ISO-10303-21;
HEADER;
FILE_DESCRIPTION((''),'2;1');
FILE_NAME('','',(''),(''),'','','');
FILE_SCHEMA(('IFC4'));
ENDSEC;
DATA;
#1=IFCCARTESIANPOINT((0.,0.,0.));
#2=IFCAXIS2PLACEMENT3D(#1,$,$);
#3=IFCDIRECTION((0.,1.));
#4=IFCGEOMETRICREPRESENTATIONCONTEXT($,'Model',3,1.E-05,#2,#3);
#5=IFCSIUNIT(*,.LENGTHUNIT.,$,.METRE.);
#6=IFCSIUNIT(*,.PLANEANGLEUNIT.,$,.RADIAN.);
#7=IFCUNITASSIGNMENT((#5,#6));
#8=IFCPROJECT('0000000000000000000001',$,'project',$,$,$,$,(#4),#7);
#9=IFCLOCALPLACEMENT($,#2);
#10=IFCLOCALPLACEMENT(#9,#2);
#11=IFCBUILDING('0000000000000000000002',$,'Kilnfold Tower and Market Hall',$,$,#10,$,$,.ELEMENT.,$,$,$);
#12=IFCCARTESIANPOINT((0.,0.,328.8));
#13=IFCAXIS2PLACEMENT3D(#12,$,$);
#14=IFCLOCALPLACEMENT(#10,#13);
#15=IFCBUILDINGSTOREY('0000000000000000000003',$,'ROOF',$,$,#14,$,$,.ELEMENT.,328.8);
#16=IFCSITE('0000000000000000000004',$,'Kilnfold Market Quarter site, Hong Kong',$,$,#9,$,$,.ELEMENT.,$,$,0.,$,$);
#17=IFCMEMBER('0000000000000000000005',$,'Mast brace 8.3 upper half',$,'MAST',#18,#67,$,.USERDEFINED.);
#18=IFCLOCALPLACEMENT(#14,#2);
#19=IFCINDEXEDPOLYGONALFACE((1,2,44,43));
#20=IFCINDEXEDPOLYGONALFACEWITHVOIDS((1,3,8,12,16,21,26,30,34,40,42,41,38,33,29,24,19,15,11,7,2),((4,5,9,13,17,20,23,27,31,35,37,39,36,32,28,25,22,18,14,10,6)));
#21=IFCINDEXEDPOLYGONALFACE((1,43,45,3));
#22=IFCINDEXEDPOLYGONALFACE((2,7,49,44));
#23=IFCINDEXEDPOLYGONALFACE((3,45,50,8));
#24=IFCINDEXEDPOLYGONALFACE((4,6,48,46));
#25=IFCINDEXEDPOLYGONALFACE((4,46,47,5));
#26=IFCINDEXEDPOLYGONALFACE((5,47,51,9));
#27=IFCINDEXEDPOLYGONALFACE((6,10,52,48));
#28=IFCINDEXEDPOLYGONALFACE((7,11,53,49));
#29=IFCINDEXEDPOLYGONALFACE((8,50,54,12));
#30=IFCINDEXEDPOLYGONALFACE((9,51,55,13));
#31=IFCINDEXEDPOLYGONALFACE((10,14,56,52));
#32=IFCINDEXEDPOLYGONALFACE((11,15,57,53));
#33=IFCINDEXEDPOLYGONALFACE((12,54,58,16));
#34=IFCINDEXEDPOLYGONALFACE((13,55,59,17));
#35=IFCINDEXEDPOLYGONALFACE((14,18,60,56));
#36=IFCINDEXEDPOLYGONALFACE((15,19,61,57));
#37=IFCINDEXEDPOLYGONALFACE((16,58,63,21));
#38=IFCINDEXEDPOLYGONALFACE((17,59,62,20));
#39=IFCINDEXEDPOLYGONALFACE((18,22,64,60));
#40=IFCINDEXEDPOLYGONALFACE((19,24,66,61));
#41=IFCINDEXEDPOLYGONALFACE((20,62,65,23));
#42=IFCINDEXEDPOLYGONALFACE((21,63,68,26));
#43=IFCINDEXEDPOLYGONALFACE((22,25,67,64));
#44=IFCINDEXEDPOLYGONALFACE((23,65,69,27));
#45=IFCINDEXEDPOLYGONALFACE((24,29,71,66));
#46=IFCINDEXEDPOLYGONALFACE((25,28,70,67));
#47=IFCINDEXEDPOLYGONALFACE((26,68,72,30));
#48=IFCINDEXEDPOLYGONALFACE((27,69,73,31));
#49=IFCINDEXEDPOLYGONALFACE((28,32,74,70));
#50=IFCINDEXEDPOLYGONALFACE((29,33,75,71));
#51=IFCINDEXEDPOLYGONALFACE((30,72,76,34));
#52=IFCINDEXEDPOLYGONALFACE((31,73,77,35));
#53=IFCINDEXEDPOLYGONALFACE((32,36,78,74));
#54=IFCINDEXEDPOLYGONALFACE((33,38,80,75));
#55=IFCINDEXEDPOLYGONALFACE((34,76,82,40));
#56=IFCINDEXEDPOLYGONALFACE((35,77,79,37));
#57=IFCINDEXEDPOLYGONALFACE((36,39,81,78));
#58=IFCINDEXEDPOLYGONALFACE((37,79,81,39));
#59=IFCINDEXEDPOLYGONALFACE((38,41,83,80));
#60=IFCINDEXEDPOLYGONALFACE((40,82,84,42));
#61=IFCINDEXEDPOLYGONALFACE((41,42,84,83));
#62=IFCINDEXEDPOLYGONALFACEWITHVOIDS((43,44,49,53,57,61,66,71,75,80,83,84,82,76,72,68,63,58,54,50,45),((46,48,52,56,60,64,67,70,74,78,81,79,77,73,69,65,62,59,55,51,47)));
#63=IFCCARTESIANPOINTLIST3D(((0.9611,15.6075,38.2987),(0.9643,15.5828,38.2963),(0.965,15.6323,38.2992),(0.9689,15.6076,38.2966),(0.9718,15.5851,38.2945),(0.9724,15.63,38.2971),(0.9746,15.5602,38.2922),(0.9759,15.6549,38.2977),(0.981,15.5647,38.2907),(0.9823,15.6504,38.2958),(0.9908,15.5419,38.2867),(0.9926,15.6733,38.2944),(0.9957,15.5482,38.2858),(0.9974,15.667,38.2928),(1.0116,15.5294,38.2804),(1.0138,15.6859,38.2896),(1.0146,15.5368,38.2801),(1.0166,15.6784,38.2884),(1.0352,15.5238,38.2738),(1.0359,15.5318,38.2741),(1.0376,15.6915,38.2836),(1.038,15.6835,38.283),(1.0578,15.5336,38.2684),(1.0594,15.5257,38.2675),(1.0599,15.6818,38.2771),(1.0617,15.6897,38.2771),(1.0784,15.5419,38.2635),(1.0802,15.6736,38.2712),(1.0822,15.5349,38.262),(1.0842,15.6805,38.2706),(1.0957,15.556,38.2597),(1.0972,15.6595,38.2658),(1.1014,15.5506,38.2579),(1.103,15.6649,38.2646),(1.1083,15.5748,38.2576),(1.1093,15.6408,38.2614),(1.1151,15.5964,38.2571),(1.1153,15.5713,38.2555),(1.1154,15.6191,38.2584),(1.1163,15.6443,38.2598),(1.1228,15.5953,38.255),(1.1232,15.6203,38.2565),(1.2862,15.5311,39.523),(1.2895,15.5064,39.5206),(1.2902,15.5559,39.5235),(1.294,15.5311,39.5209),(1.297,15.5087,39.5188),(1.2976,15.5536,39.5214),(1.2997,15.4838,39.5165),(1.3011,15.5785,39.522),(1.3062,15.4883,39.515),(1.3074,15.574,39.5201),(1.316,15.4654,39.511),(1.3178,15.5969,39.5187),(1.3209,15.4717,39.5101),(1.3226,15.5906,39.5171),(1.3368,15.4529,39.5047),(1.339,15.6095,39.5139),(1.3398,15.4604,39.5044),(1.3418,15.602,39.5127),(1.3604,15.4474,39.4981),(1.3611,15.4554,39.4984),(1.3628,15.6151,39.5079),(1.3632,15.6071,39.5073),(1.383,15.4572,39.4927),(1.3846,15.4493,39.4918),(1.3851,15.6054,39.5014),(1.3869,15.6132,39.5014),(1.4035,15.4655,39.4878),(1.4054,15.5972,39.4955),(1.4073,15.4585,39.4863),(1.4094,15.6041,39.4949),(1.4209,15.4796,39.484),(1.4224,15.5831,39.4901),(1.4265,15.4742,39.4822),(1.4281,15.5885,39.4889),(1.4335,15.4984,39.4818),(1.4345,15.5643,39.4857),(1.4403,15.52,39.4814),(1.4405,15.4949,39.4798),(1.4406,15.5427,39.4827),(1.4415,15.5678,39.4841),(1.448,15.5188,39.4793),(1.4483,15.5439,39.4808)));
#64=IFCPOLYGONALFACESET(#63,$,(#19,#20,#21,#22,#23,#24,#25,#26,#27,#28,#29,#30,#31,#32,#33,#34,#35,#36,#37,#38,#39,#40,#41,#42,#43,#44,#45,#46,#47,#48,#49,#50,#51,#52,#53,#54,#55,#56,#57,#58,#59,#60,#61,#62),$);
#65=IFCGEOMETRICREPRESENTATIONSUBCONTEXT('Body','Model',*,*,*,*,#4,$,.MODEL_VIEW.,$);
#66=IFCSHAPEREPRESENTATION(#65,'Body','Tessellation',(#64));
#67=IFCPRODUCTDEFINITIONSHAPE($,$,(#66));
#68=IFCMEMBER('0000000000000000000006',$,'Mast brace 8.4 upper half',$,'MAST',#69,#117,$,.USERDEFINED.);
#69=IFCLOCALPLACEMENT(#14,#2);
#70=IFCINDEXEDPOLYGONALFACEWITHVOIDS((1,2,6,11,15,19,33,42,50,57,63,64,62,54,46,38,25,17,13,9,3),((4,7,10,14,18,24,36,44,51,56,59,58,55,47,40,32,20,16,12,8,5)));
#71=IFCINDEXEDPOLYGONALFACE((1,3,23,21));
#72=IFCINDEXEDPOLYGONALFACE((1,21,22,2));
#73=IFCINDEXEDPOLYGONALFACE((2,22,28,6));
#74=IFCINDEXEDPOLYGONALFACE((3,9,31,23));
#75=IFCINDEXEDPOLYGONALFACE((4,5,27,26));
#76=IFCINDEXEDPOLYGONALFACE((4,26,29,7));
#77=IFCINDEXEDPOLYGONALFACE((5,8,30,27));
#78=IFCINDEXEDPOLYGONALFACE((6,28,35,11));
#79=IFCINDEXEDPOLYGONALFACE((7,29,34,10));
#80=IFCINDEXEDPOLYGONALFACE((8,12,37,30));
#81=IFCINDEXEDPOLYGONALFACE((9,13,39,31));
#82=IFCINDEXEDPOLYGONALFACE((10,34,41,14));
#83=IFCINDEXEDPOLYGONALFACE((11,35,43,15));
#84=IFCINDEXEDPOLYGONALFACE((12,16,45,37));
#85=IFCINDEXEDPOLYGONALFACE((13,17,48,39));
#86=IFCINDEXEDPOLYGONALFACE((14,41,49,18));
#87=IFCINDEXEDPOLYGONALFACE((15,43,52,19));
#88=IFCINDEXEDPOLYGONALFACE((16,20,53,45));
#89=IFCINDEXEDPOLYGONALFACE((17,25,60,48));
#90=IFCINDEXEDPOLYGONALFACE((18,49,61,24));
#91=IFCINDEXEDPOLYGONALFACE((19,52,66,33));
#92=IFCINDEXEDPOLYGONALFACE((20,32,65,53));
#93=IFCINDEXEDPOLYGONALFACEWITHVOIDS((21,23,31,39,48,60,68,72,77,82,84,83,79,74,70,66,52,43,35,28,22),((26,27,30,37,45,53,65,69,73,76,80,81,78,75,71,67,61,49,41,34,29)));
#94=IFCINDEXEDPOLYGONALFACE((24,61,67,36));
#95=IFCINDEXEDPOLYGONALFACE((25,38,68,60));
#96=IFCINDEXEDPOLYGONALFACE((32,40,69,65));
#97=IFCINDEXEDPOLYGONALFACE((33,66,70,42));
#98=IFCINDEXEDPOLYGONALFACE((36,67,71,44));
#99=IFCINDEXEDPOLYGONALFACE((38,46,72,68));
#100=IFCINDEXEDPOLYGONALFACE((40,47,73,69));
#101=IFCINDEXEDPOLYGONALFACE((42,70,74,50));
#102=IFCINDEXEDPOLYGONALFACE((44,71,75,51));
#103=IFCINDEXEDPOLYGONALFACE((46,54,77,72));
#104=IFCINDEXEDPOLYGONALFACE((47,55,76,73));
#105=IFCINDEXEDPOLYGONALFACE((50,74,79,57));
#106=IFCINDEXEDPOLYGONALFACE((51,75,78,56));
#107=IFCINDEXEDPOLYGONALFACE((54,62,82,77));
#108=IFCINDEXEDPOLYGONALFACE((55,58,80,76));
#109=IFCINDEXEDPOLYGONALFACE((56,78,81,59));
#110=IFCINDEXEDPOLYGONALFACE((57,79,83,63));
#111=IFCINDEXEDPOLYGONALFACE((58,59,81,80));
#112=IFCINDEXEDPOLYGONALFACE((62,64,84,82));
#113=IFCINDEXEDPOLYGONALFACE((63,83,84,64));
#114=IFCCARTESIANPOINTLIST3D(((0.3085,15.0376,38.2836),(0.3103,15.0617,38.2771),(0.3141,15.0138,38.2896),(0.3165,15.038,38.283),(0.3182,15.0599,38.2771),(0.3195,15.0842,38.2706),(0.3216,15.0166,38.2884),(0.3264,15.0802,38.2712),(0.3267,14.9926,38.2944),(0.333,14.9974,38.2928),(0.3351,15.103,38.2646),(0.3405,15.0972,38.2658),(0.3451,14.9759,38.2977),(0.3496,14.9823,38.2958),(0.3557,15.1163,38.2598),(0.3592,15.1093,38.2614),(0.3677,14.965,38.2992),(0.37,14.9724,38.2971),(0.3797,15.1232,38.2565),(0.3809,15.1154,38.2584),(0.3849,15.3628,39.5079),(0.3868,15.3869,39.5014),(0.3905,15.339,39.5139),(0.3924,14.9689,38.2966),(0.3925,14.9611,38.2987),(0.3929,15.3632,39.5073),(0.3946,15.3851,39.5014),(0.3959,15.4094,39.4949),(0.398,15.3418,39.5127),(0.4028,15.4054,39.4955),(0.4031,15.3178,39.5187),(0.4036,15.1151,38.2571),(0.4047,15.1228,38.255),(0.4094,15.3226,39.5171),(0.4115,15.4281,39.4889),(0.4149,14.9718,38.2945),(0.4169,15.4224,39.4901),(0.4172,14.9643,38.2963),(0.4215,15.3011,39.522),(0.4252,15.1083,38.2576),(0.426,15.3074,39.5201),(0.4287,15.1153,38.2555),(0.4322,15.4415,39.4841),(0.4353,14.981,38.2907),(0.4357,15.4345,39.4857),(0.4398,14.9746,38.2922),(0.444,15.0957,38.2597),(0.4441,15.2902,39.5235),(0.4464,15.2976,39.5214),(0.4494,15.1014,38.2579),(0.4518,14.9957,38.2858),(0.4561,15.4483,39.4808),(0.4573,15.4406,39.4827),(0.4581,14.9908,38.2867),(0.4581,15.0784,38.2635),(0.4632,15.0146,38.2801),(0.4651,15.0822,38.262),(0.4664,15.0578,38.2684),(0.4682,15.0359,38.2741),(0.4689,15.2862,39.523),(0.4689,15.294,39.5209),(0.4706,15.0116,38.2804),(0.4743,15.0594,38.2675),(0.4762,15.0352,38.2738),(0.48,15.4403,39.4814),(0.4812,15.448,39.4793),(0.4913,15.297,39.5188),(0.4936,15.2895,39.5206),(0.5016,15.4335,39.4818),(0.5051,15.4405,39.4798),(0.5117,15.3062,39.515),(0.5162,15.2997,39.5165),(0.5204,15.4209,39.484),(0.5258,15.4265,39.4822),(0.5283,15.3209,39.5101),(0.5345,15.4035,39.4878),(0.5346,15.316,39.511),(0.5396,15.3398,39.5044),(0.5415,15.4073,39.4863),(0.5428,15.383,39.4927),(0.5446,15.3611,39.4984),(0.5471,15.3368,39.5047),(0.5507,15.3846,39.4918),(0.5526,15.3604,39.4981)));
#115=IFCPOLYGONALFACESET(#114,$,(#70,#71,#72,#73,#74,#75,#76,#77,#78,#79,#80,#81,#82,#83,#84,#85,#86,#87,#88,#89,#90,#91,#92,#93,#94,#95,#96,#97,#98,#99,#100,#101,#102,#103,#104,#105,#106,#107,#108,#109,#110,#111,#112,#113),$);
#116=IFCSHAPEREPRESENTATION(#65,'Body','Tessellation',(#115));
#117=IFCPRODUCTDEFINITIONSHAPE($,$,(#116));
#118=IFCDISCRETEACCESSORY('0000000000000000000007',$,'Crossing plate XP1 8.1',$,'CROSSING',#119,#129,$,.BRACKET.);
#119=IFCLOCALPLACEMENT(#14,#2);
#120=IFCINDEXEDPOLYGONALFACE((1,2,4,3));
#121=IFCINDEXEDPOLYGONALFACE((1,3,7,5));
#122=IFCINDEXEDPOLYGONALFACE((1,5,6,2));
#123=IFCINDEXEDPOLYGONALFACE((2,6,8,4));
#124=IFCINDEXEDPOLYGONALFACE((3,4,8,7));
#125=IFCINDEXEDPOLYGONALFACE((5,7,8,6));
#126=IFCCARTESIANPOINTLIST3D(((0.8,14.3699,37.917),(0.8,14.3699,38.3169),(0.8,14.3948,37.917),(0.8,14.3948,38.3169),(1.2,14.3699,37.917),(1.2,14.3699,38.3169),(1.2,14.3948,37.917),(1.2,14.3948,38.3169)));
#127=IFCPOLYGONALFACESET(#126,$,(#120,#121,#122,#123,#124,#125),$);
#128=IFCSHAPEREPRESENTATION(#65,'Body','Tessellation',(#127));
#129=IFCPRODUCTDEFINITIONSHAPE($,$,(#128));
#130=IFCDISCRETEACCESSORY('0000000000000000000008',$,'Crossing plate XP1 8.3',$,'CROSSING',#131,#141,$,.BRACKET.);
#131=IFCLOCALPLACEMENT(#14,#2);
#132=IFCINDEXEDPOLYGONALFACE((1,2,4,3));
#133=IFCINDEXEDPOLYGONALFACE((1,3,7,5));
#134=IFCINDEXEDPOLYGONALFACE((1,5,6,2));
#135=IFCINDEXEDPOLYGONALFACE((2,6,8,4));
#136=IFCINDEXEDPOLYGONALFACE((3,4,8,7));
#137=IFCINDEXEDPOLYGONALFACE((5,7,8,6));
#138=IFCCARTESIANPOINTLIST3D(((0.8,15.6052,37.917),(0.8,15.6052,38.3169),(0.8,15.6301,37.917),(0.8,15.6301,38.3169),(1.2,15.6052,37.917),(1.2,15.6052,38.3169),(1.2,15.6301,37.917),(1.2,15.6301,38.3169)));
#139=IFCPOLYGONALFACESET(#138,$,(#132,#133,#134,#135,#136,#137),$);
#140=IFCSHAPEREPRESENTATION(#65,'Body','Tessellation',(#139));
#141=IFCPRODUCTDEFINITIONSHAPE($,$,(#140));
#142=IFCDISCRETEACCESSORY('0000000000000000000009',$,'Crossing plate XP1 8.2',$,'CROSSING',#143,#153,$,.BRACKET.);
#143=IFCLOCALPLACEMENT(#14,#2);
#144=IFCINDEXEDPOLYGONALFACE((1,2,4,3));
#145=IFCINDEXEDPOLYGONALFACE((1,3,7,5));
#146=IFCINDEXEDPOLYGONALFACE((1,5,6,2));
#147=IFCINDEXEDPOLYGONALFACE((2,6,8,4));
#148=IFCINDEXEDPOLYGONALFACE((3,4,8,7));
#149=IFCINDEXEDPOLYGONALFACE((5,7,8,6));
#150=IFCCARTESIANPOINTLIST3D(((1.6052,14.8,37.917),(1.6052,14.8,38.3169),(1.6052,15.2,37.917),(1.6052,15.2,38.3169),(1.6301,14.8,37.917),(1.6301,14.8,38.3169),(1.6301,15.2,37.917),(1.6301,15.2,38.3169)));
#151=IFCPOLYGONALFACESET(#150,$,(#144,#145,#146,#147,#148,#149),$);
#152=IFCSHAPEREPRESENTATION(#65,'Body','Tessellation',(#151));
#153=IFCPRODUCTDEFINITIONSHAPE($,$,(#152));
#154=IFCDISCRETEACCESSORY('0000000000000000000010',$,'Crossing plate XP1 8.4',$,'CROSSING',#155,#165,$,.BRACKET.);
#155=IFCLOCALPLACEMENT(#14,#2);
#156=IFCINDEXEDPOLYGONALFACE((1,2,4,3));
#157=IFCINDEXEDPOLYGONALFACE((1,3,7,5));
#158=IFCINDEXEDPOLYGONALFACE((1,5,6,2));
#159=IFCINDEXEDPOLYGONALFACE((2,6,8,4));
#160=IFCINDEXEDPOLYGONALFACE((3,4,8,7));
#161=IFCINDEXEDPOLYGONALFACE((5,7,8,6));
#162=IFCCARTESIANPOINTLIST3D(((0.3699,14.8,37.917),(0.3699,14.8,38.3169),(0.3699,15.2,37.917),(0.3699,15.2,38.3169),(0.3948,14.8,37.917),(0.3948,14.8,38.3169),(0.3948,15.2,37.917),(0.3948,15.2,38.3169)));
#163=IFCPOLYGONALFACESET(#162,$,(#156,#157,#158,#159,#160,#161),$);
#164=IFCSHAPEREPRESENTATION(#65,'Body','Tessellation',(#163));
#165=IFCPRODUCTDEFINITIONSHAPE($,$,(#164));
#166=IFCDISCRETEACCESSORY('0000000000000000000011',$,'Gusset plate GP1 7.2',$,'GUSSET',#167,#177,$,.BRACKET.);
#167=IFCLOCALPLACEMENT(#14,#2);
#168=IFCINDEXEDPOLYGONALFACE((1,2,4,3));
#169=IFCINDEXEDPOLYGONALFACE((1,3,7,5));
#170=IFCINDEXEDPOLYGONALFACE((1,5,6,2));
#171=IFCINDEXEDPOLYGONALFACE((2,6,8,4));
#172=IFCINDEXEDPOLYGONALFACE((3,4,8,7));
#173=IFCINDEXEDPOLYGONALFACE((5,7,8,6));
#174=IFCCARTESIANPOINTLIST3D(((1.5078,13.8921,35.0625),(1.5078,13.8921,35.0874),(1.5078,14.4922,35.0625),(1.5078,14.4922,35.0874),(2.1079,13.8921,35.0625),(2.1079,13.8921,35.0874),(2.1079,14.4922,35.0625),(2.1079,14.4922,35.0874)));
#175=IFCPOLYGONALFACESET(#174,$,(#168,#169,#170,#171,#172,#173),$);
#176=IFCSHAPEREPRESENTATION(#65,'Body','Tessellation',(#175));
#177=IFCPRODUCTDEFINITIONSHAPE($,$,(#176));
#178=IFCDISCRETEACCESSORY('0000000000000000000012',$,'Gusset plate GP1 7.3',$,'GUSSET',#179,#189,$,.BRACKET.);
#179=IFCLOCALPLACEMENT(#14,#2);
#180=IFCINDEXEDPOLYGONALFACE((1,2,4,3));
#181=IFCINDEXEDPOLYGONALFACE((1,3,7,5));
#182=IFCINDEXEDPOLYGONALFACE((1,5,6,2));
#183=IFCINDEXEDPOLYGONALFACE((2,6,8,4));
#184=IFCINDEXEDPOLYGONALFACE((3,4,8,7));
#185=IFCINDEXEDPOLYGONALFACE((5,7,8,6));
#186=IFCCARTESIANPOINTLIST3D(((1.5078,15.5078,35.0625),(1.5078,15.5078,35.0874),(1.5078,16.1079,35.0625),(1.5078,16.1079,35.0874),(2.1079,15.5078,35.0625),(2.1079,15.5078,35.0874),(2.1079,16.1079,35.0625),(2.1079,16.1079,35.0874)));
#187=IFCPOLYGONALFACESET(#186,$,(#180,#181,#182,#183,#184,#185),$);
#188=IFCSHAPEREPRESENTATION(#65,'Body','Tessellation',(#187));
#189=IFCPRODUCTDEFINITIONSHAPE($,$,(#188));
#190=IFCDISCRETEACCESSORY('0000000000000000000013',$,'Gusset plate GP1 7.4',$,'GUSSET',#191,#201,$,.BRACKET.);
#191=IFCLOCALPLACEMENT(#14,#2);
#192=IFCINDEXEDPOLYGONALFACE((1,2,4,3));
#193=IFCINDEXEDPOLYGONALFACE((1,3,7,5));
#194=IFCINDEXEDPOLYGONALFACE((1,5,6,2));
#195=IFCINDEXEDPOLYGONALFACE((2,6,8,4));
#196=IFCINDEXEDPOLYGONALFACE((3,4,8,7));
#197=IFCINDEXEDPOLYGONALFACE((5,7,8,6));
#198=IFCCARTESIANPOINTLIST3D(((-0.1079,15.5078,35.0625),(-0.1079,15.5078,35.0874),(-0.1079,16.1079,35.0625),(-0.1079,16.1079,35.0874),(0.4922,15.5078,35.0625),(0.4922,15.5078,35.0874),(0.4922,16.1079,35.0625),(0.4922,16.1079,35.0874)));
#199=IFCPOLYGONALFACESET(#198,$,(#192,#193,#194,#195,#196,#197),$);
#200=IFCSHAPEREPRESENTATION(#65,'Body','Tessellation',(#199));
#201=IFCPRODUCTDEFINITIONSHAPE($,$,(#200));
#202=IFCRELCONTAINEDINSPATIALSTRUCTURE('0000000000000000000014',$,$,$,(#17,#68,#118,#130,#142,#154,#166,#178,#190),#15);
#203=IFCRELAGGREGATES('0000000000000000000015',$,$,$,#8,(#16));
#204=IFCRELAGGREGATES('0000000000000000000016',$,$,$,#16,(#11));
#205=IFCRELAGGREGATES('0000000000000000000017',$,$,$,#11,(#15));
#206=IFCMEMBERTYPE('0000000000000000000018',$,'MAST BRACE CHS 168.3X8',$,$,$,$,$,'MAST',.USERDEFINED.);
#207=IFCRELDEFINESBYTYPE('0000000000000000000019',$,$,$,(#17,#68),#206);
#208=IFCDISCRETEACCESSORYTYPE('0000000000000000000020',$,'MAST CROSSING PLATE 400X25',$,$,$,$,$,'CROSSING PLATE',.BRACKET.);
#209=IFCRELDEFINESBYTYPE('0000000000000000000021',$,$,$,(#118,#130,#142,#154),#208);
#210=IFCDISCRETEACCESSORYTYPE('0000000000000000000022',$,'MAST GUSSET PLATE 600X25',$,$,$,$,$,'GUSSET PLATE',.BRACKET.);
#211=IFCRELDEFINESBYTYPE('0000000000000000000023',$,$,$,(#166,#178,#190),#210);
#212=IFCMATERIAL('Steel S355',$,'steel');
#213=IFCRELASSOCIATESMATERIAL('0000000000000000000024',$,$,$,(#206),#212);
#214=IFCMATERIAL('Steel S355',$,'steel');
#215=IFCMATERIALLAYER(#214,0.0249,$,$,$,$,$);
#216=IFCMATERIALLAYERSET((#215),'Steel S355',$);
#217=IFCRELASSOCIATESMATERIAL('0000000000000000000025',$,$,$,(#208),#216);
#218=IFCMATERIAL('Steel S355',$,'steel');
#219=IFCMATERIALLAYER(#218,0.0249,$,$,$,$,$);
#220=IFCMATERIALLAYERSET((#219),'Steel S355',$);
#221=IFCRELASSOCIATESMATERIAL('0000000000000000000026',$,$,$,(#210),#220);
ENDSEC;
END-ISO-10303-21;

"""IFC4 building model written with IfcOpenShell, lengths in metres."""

from ifc_helpers import new_model, si_unit, direction, frame, origin, origin_2d, place, context, subcontext, project, spatial, rectangle, hollow_circle, extrude, source, transform, mapped, material, layer, layer_set, material_profile, profile_set, type_object, element, save


model = new_model("IFC4")

# Units and contexts
model_context = context("Model", 3, precision=1e-05, world=origin(), true_north=direction((0.0, 1.0)))
body_context = subcontext(model_context, "Body", "Model", "MODEL_VIEW")
ifc_project = project(units=[si_unit("LENGTHUNIT", "METRE"), si_unit("PLANEANGLEUNIT", "RADIAN")], contexts=[model_context])

# Site, building, storey
site_placement = place(None, origin())
site = spatial("IfcSite", under=ifc_project, at=site_placement, Name="Kilnfold Market Quarter site, Hong Kong", CompositionType="ELEMENT", RefElevation=0.0)
building_placement = place(site_placement, origin())
building = spatial("IfcBuilding", under=site, at=building_placement, Name="Kilnfold Tower and Market Hall", CompositionType="ELEMENT")
storey_placement = place(building_placement, frame((0.0, 0.0, 328.8)))
storey = spatial("IfcBuildingStorey", under=building, at=storey_placement, Name="ROOF", CompositionType="ELEMENT", Elevation=328.8)

# Members
ifc_material_1 = material(Name="Steel S355", Category="steel")
ifc_material_profile_1 = material_profile(ifc_material_1, hollow_circle(Radius=0.0842, WallThickness=0.0081, at=origin_2d()), Name="CHS 168.3x8")
ifc_profile_set_1 = profile_set([ifc_material_profile_1], Name="Steel S355")
member_type_1 = type_object("IfcMemberType", Name="MAST BRACE CHS 168.3X8", ElementType="MAST", PredefinedType="USERDEFINED", material=ifc_profile_set_1)
shared_shape_1 = source(origin(), body_context, "Body", "SweptSolid", [
    extrude(hollow_circle(Radius=0.0842, WallThickness=0.0081, at=origin_2d()), origin(), (0.0, 0.0, 1.0), 1.269),
])
for number, where, z_axis, x_axis, name in (
    (1, (1.0425, 15.6077, 38.2771), (0.256237, -0.060212, 0.964737), (0.228754, 0.973484, 0.0), "Mast brace 8.3 upper half"),
    (2, (0.3923, 15.0425, 38.2771), (0.060212, 0.256237, 0.964737), (-0.973484, 0.228754, 0.0), "Mast brace 8.4 upper half"),
):
    element("IfcMember", number, at=place(storey_placement, frame(where, z_axis=z_axis, x_axis=x_axis)), inside=storey, type_object=member_type_1, Name=name, ObjectType="MAST", PredefinedType="USERDEFINED", context=body_context, shape_type="MappedRepresentation", body=[
        mapped(shared_shape_1, transform((0.0, 0.0, 0.0))),
    ])

# Discrete accessories
ifc_material_2 = material(Name="Steel S355", Category="steel")
ifc_layer_1 = layer(ifc_material_2, 0.0249)
ifc_layer_set_1 = layer_set([ifc_layer_1], Name="Steel S355")
discrete_accessory_type_1 = type_object("IfcDiscreteAccessoryType", Name="MAST CROSSING PLATE 400X25", ElementType="CROSSING PLATE", PredefinedType="BRACKET", material=ifc_layer_set_1)
shared_shape_2 = source(origin(), body_context, "Body", "SweptSolid", [
    extrude(rectangle(XDim=0.3999, YDim=0.0249, at=origin_2d()), origin(), (0.0, 0.0, 1.0), 0.3999),
])
for number, where, z_axis, x_axis, name in (
    (3, (1.0, 14.3823, 37.917), (0.0, 0.0, 1.0), (1.0, 0.0, 0.0), "Crossing plate XP1 8.1"),
    (4, (1.0, 15.6177, 37.917), (0.0, 0.0, 1.0), (1.0, 0.0, 0.0), "Crossing plate XP1 8.3"),
):
    element("IfcDiscreteAccessory", number, at=place(storey_placement, frame(where, z_axis=z_axis, x_axis=x_axis)), inside=storey, type_object=discrete_accessory_type_1, Name=name, ObjectType="CROSSING", PredefinedType="BRACKET", context=body_context, shape_type="MappedRepresentation", body=[
        mapped(shared_shape_2, transform((0.0, 0.0, 0.0))),
    ])
shared_shape_3 = source(origin(), body_context, "Body", "SweptSolid", [
    extrude(rectangle(XDim=0.0249, YDim=0.3999, at=origin_2d()), origin(), (0.0, 0.0, 1.0), 0.3999),
])
for number, where, z_axis, x_axis, name in (
    (5, (1.6177, 15.0, 37.917), (0.0, 0.0, 1.0), (1.0, 0.0, 0.0), "Crossing plate XP1 8.2"),
    (6, (0.3823, 15.0, 37.917), (0.0, 0.0, 1.0), (1.0, 0.0, 0.0), "Crossing plate XP1 8.4"),
):
    element("IfcDiscreteAccessory", number, at=place(storey_placement, frame(where, z_axis=z_axis, x_axis=x_axis)), inside=storey, type_object=discrete_accessory_type_1, Name=name, ObjectType="CROSSING", PredefinedType="BRACKET", context=body_context, shape_type="MappedRepresentation", body=[
        mapped(shared_shape_3, transform((0.0, 0.0, 0.0))),
    ])
ifc_material_3 = material(Name="Steel S355", Category="steel")
ifc_layer_2 = layer(ifc_material_3, 0.0249)
ifc_layer_set_2 = layer_set([ifc_layer_2], Name="Steel S355")
discrete_accessory_type_2 = type_object("IfcDiscreteAccessoryType", Name="MAST GUSSET PLATE 600X25", ElementType="GUSSET PLATE", PredefinedType="BRACKET", material=ifc_layer_set_2)
shared_shape_4 = source(origin(), body_context, "Body", "SweptSolid", [
    extrude(rectangle(XDim=0.6001, YDim=0.6001, at=origin_2d()), origin(), (0.0, 0.0, 1.0), 0.0249),
])
for number, where, z_axis, x_axis, name in (
    (7, (1.8079, 14.1921, 35.0625), (0.0, 0.0, 1.0), (1.0, 0.0, 0.0), "Gusset plate GP1 7.2"),
    (8, (1.8079, 15.8079, 35.0625), (0.0, 0.0, 1.0), (1.0, 0.0, 0.0), "Gusset plate GP1 7.3"),
    (9, (0.1921, 15.8079, 35.0625), (0.0, 0.0, 1.0), (1.0, 0.0, 0.0), "Gusset plate GP1 7.4"),
):
    element("IfcDiscreteAccessory", number, at=place(storey_placement, frame(where, z_axis=z_axis, x_axis=x_axis)), inside=storey, type_object=discrete_accessory_type_2, Name=name, ObjectType="GUSSET", PredefinedType="BRACKET", context=body_context, shape_type="MappedRepresentation", body=[
        mapped(shared_shape_4, transform((0.0, 0.0, 0.0))),
    ])

save(model, "model.ifc")
